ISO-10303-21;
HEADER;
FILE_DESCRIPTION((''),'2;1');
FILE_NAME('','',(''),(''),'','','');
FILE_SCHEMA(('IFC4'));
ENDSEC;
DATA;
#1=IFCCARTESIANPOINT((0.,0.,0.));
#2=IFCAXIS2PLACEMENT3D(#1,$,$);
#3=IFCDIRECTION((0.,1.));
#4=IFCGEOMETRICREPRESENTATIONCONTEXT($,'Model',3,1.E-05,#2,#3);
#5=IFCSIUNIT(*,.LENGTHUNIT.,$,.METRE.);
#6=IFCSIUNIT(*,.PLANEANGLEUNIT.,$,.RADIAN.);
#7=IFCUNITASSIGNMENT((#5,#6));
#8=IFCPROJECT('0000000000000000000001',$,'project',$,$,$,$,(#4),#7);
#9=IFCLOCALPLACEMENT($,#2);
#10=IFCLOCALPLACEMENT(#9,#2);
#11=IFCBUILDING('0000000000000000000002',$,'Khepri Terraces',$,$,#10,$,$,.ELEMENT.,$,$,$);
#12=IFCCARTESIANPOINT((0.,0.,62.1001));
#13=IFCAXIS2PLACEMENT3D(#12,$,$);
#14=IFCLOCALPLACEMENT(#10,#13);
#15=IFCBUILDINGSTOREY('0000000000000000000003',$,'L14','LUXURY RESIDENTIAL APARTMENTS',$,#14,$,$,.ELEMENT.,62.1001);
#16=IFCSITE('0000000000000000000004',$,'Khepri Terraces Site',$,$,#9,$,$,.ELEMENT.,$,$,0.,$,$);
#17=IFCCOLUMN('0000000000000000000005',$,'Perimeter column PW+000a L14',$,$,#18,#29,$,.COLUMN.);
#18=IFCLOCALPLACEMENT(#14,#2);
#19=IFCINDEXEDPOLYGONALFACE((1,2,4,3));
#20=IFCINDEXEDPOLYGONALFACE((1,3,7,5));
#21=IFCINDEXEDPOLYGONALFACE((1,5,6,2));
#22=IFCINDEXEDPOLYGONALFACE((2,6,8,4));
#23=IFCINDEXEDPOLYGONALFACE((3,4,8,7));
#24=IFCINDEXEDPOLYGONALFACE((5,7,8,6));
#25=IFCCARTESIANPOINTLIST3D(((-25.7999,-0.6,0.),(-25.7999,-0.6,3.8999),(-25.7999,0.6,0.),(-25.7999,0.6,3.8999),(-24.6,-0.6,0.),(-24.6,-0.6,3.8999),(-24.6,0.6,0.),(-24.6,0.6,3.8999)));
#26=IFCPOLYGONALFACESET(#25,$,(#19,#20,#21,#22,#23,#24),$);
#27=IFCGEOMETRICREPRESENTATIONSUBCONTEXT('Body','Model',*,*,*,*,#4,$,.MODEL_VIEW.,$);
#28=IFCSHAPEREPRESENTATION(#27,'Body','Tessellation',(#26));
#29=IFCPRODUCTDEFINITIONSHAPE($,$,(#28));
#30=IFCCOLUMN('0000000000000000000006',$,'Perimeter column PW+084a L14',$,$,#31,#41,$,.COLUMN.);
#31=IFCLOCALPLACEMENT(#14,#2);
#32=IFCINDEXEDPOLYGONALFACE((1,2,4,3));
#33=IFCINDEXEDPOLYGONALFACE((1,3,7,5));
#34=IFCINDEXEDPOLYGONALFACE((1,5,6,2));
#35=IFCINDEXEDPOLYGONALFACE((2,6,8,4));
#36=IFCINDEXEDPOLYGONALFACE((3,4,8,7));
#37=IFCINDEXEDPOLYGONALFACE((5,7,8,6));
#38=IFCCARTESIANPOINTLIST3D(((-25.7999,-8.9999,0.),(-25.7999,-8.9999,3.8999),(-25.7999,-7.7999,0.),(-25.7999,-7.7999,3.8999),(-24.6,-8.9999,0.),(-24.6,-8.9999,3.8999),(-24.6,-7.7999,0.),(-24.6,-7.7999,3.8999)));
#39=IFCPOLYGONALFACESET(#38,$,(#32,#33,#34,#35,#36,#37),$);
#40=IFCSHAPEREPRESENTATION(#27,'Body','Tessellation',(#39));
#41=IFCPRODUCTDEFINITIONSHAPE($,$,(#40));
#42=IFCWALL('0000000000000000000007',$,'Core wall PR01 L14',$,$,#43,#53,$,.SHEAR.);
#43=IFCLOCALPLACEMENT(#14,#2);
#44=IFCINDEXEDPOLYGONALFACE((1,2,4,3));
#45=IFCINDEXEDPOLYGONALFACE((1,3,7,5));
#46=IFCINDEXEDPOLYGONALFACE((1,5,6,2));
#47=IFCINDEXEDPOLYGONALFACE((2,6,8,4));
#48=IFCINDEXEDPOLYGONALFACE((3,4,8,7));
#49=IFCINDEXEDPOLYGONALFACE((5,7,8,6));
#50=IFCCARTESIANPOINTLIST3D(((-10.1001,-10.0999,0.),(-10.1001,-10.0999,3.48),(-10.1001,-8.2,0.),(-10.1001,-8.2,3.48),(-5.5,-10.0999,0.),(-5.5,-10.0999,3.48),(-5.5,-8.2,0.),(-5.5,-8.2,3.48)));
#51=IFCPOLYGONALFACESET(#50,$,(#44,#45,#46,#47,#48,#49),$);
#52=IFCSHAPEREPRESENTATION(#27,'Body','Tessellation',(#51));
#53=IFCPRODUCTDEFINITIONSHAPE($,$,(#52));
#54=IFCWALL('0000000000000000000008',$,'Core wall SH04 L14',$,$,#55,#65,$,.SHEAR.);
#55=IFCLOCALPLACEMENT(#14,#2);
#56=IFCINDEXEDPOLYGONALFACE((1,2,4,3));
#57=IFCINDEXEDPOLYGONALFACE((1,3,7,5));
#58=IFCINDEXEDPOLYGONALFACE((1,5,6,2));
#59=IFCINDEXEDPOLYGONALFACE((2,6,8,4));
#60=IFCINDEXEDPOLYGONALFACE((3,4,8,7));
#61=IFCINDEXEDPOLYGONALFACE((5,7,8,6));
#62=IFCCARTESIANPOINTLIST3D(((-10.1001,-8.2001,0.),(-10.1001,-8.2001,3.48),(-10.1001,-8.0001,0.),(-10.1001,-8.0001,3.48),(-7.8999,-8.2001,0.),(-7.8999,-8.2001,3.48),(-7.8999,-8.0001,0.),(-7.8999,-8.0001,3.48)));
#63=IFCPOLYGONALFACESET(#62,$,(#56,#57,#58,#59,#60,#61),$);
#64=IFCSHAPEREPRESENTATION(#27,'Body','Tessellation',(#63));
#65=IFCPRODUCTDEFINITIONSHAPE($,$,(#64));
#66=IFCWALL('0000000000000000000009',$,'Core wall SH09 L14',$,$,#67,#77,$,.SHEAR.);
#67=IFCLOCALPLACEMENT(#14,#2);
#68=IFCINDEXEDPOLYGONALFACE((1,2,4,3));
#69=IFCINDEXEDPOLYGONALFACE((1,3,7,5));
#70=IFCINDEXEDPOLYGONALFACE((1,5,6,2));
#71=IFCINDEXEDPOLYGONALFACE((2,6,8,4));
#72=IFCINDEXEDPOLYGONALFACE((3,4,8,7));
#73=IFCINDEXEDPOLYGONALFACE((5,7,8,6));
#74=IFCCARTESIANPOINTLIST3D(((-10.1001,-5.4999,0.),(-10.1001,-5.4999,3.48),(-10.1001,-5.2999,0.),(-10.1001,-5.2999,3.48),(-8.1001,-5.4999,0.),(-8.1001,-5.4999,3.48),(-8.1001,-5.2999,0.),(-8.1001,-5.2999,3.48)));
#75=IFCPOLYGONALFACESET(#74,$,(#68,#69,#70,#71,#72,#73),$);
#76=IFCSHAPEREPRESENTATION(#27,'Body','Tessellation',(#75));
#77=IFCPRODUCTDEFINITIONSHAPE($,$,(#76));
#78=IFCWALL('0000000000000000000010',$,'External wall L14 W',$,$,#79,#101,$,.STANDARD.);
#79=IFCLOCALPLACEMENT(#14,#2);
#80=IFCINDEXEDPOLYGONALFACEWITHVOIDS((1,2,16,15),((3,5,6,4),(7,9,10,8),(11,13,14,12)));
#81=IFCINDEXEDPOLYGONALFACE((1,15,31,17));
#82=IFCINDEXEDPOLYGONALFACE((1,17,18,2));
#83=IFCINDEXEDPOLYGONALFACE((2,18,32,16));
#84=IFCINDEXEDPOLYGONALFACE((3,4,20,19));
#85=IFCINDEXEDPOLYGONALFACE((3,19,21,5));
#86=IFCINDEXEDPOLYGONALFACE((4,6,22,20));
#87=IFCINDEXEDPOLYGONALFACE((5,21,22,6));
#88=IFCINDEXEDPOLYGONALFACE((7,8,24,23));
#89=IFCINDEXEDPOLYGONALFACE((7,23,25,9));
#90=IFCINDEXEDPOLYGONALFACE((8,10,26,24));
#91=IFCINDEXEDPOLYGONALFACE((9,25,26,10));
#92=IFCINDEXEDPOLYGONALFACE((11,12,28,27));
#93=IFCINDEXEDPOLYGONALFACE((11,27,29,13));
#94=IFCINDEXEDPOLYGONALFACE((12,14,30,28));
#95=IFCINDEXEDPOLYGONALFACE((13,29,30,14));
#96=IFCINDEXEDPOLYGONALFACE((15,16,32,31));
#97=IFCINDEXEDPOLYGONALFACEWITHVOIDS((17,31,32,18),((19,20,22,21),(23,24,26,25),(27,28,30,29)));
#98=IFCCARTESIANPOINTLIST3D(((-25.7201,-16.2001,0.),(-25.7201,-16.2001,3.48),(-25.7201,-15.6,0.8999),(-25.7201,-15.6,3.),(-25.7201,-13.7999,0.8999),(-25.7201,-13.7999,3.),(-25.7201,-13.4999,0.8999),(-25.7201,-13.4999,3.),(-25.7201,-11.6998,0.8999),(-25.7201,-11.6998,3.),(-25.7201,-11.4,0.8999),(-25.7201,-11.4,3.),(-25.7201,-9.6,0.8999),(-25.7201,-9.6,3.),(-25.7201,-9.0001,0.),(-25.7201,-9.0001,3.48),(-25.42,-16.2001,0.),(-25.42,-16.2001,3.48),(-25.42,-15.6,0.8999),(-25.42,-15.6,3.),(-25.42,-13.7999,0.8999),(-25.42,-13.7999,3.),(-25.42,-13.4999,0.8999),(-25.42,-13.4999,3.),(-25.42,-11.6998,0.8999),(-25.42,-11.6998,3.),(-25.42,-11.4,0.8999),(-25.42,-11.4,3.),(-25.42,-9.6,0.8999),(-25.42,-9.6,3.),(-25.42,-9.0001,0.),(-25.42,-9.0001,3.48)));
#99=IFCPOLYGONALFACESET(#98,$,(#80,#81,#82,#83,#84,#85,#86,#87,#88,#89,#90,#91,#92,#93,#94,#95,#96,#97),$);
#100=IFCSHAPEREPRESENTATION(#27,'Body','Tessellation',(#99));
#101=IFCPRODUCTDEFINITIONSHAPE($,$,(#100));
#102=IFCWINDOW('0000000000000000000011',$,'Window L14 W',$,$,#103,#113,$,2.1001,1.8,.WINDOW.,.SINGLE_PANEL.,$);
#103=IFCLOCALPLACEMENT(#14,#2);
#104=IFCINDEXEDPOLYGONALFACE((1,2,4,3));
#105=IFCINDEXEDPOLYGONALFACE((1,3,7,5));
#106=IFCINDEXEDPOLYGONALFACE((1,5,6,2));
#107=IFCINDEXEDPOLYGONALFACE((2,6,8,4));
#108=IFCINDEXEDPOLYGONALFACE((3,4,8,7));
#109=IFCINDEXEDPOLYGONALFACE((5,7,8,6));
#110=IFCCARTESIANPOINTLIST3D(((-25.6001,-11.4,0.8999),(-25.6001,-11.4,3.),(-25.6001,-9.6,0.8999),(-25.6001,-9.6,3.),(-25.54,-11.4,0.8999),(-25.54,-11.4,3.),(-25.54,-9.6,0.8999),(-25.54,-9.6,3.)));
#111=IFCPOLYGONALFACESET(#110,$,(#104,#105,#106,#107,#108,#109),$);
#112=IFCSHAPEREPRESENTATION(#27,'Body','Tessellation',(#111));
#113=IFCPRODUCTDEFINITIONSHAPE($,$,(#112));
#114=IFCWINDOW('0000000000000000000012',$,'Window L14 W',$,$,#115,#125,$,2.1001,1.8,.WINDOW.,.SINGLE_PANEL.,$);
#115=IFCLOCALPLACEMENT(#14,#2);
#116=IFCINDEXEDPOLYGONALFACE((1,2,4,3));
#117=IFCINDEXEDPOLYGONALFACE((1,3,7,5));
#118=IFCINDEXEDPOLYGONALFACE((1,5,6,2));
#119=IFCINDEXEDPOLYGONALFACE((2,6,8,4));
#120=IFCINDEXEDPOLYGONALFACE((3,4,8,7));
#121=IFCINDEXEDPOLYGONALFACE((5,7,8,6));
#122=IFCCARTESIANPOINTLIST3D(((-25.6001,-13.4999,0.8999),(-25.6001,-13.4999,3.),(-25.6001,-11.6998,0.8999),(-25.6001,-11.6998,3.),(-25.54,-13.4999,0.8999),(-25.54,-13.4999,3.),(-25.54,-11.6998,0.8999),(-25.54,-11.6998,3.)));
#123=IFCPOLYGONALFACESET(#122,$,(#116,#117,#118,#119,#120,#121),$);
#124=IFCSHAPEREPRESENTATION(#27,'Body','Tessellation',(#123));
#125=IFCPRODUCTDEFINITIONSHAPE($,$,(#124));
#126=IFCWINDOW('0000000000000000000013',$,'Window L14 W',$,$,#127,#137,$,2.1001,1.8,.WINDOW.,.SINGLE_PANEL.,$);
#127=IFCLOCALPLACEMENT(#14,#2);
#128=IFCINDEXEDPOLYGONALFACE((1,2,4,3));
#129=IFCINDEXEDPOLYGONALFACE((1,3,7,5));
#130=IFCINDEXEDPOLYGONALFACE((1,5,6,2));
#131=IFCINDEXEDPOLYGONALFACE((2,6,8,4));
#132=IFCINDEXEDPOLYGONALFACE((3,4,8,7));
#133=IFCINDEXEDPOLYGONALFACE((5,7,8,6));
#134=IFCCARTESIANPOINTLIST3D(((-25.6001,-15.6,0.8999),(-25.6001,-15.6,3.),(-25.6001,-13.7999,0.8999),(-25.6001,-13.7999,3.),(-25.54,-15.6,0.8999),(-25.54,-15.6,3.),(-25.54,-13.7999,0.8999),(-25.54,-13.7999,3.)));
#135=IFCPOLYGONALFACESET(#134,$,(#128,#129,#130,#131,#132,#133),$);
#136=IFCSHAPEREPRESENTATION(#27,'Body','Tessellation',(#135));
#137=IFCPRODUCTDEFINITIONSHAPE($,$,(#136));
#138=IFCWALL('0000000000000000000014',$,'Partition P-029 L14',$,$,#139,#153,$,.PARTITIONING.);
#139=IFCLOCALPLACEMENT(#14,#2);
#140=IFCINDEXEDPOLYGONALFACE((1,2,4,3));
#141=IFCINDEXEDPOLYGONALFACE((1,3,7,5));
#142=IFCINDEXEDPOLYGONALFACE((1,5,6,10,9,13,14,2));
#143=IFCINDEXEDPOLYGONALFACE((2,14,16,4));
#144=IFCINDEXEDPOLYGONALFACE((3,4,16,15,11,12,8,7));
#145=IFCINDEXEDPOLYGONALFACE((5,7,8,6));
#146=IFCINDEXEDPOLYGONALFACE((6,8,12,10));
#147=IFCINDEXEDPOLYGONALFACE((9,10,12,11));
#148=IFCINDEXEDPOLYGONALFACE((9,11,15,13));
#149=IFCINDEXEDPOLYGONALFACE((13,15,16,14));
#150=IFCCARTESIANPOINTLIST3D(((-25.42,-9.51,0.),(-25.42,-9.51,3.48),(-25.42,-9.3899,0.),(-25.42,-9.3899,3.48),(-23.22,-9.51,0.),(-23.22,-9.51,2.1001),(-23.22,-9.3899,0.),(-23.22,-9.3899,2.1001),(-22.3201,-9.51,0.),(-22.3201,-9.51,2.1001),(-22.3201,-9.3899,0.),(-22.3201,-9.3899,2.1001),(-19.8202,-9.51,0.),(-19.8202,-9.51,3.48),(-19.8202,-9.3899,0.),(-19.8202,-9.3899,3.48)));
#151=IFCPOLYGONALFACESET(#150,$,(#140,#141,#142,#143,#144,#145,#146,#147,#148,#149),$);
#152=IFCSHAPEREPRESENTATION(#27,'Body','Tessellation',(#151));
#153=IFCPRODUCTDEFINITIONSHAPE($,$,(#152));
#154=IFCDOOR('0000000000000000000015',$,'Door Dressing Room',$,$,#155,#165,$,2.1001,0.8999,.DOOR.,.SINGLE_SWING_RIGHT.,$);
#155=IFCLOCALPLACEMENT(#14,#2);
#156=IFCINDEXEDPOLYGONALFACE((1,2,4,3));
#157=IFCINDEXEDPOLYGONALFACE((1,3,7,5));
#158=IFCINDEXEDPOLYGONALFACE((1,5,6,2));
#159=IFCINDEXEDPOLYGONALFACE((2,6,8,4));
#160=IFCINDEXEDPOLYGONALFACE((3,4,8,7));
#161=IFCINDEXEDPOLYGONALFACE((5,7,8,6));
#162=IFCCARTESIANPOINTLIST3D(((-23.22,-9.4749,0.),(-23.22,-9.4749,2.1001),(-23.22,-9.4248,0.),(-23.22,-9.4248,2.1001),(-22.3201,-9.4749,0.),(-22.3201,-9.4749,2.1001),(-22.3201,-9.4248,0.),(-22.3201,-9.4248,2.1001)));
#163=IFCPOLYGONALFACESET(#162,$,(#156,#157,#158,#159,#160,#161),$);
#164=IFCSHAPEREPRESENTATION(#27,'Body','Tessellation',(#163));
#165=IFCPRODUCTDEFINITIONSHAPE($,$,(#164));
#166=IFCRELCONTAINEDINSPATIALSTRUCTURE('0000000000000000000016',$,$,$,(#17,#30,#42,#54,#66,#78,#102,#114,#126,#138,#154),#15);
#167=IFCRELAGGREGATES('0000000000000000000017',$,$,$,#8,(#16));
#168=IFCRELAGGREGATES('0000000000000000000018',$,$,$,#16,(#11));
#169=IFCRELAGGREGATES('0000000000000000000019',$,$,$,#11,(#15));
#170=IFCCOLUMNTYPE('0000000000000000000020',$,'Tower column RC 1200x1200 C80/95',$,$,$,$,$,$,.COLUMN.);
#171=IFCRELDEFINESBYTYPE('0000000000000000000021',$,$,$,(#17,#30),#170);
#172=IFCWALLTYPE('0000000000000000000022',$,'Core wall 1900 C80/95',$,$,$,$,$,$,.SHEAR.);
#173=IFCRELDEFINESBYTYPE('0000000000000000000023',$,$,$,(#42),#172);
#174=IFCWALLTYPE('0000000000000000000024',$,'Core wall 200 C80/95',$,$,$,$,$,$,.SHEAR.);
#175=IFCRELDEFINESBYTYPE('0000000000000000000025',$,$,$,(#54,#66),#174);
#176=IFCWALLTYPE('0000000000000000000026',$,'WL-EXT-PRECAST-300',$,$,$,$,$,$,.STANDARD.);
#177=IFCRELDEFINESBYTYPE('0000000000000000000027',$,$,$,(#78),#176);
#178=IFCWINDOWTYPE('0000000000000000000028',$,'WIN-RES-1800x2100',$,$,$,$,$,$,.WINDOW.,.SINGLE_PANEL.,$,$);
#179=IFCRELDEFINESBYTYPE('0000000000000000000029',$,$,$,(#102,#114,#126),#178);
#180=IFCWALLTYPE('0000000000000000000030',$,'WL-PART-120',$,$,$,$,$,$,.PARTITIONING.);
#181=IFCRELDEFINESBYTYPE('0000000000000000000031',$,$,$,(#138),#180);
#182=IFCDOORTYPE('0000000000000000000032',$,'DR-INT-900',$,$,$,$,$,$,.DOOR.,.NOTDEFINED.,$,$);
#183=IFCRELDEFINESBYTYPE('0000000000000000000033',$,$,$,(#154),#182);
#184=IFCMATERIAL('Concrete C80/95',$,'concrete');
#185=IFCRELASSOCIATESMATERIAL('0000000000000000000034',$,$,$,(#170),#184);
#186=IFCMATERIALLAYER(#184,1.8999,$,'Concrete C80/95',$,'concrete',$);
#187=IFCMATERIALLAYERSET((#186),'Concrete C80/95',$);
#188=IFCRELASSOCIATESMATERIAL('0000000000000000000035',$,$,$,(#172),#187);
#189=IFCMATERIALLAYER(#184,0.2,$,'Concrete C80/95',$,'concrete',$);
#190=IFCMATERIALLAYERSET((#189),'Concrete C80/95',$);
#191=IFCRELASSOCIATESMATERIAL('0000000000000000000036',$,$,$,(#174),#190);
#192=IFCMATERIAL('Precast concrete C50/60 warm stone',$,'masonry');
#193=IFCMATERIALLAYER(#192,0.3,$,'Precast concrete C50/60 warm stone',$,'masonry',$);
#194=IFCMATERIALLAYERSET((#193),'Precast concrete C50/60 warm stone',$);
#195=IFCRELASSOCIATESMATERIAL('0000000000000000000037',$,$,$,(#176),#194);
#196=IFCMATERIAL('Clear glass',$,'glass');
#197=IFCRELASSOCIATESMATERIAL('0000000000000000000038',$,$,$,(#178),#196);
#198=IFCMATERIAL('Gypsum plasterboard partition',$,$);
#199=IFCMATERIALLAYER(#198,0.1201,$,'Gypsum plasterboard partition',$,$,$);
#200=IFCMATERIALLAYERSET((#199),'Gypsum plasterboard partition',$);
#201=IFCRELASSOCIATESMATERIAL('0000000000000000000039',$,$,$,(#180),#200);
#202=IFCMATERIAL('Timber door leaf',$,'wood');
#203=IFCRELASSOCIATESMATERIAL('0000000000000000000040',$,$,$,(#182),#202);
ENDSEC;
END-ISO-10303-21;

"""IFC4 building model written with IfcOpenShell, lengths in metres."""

from ifc_helpers import new_model, si_unit, direction, frame, frame_2d, origin, origin_2d, place, context, subcontext, project, spatial, rectangle, extrude, material, layer, layer_set, material_profile, profile_set, type_object, element, fill, save


model = new_model("IFC4")

# Units and contexts
model_context = context("Model", 3, precision=1e-05, world=origin(), true_north=direction((0.0, 1.0)))
body_context = subcontext(model_context, "Body", "Model", "MODEL_VIEW")
ifc_project = project(units=[si_unit("LENGTHUNIT", "METRE"), si_unit("PLANEANGLEUNIT", "RADIAN")], contexts=[model_context])

# Site, building, storey
site_placement = place(None, origin())
site = spatial("IfcSite", under=ifc_project, at=site_placement, Name="Khepri Terraces Site", CompositionType="ELEMENT", RefElevation=0.0)
building_placement = place(site_placement, origin())
building = spatial("IfcBuilding", under=site, at=building_placement, Name="Khepri Terraces", CompositionType="ELEMENT")
storey_placement = place(building_placement, frame((0.0, 0.0, 62.1001)))
storey = spatial("IfcBuildingStorey", under=building, at=storey_placement, Name="L14", Description="LUXURY RESIDENTIAL APARTMENTS", CompositionType="ELEMENT", Elevation=62.1001)

# Columns
ifc_material_1 = material(Name="Concrete C80/95", Category="concrete")
ifc_material_profile = material_profile(ifc_material_1, rectangle(XDim=1.2, YDim=1.2, at=origin_2d()), Name="Concrete C80/95", Category="concrete")
ifc_profile_set = profile_set([ifc_material_profile], Name="Concrete C80/95")
column_type = type_object("IfcColumnType", Name="Tower column RC 1200x1200 C80/95", PredefinedType="COLUMN", material=ifc_profile_set)
for number, where, z_axis, x_axis, name in (
    (1, (-25.2, 0.0, 0.0), (0.0, 0.0, 1.0), (1.0, 0.0, 0.0), "Perimeter column PW+000a L14"),
    (2, (-25.2, -8.3999, 0.0), (0.0, 0.0, 1.0), (1.0, 0.0, 0.0), "Perimeter column PW+084a L14"),
):
    element("IfcColumn", number, at=place(storey_placement, frame(where, z_axis=z_axis, x_axis=x_axis)), inside=storey, type_object=column_type, Name=name, PredefinedType="COLUMN", context=body_context, shape_type="SweptSolid", body=[
        extrude(rectangle(XDim=1.2, YDim=1.2, at=origin_2d()), origin(), (0.0, 0.0, 1.0), 3.8999),
    ])

# Walls
ifc_layer_1 = layer(ifc_material_1, 1.8999, Name="Concrete C80/95", Category="concrete")
ifc_layer_set_1 = layer_set([ifc_layer_1], Name="Concrete C80/95")
wall_type_1 = type_object("IfcWallType", Name="Core wall 1900 C80/95", PredefinedType="SHEAR", material=ifc_layer_set_1)
wall_1_placement = place(storey_placement, frame((-10.1001, -9.1499, 0.0), z_axis=(0.0, 0.0, 1.0), x_axis=(1.0, 0.0, 0.0)))
element("IfcWall", 3, at=wall_1_placement, inside=storey, type_object=wall_type_1, Name="Core wall PR01 L14", PredefinedType="SHEAR", context=body_context, shape_type="SweptSolid", body=[
    extrude(rectangle(XDim=4.6001, YDim=1.8999, at=frame_2d((2.3, 0.0))), origin(), (0.0, 0.0, 1.0), 3.48),
])
ifc_layer_2 = layer(ifc_material_1, 0.2, Name="Concrete C80/95", Category="concrete")
ifc_layer_set_2 = layer_set([ifc_layer_2], Name="Concrete C80/95")
wall_type_2 = type_object("IfcWallType", Name="Core wall 200 C80/95", PredefinedType="SHEAR", material=ifc_layer_set_2)
wall_2_placement = place(storey_placement, frame((-10.1001, -8.1001, 0.0), z_axis=(0.0, 0.0, 1.0), x_axis=(1.0, 0.0, 0.0)))
element("IfcWall", 4, at=wall_2_placement, inside=storey, type_object=wall_type_2, Name="Core wall SH04 L14", PredefinedType="SHEAR", context=body_context, shape_type="SweptSolid", body=[
    extrude(rectangle(XDim=2.2002, YDim=0.2, at=frame_2d((1.1001, 0.0))), origin(), (0.0, 0.0, 1.0), 3.48),
])
wall_3_placement = place(storey_placement, frame((-10.1001, -5.3999, 0.0), z_axis=(0.0, 0.0, 1.0), x_axis=(1.0, 0.0, 0.0)))
element("IfcWall", 5, at=wall_3_placement, inside=storey, type_object=wall_type_2, Name="Core wall SH09 L14", PredefinedType="SHEAR", context=body_context, shape_type="SweptSolid", body=[
    extrude(rectangle(XDim=2.0, YDim=0.2, at=frame_2d((1.0, 0.0))), origin(), (0.0, 0.0, 1.0), 3.48),
])

# Shared definitions
ifc_material_2 = material(Name="Precast concrete C50/60 warm stone", Category="masonry")
ifc_layer_3 = layer(ifc_material_2, 0.3, Name="Precast concrete C50/60 warm stone", Category="masonry")
ifc_layer_set_3 = layer_set([ifc_layer_3], Name="Precast concrete C50/60 warm stone")
wall_type_3 = type_object("IfcWallType", Name="WL-EXT-PRECAST-300", PredefinedType="STANDARD", material=ifc_layer_set_3)
ifc_material_3 = material(Name="Clear glass", Category="glass")
window_type = type_object("IfcWindowType", Name="WIN-RES-1800x2100", PartitioningType="SINGLE_PANEL", PredefinedType="WINDOW", material=ifc_material_3)

# Wall, openings, windows
wall_4_placement = place(storey_placement, frame((-25.5701, -9.0, 0.0), z_axis=(0.0, 0.0, 1.0), x_axis=(0.0, -1.0, 0.0)))
wall_4 = element("IfcWall", 6, at=wall_4_placement, inside=storey, type_object=wall_type_3, Name="External wall L14 W", PredefinedType="STANDARD", context=body_context, shape_type="SweptSolid", body=[
    extrude(rectangle(XDim=7.2, YDim=0.3, at=frame_2d((3.6001, 0.0))), origin(), (0.0, 0.0, 1.0), 3.48),
])
opening_1_placement = place(wall_4_placement, frame((0.6001, 0.0, 0.8999)))
opening_1 = element("IfcOpeningElement", 7, at=opening_1_placement, cuts=wall_4, PredefinedType="OPENING", context=body_context, shape_type="SweptSolid", body=[
    extrude(rectangle(XDim=1.8, YDim=2.1001, at=frame_2d((0.8999, 1.05))), frame((0.0, 0.1602, 0.0), z_axis=(0.0, -1.0, 0.0), x_axis=(1.0, 0.0, 0.0)), (0.0, 0.0, 1.0), 0.3201),
])
opening_2_placement = place(wall_4_placement, frame((2.7, 0.0, 0.8999)))
opening_2 = element("IfcOpeningElement", 8, at=opening_2_placement, cuts=wall_4, PredefinedType="OPENING", context=body_context, shape_type="SweptSolid", body=[
    extrude(rectangle(XDim=1.8, YDim=2.1001, at=frame_2d((0.8999, 1.05))), frame((0.0, 0.1602, 0.0), z_axis=(0.0, -1.0, 0.0), x_axis=(1.0, 0.0, 0.0)), (0.0, 0.0, 1.0), 0.3201),
])
opening_3_placement = place(wall_4_placement, frame((4.8, 0.0, 0.8999)))
opening_3 = element("IfcOpeningElement", 9, at=opening_3_placement, cuts=wall_4, PredefinedType="OPENING", context=body_context, shape_type="SweptSolid", body=[
    extrude(rectangle(XDim=1.8, YDim=2.1001, at=frame_2d((0.8999, 1.05))), frame((0.0, 0.1602, 0.0), z_axis=(0.0, -1.0, 0.0), x_axis=(1.0, 0.0, 0.0)), (0.0, 0.0, 1.0), 0.3201),
])
window_1_placement = place(opening_1_placement, origin())
window_1 = element("IfcWindow", 10, at=window_1_placement, inside=storey, type_object=window_type, Name="Window L14 W", OverallHeight=2.1001, OverallWidth=1.8, PartitioningType="SINGLE_PANEL", PredefinedType="WINDOW", context=body_context, shape_type="SweptSolid", body=[
    extrude(rectangle(XDim=1.8, YDim=2.1001, at=frame_2d((0.8999, 1.05))), frame((0.0, 0.03, 0.0), z_axis=(0.0, -1.0, 0.0), x_axis=(1.0, 0.0, 0.0)), (0.0, 0.0, 1.0), 0.0601),
])
fill(opening_1, window_1)
window_2_placement = place(opening_2_placement, origin())
window_2 = element("IfcWindow", 11, at=window_2_placement, inside=storey, type_object=window_type, Name="Window L14 W", OverallHeight=2.1001, OverallWidth=1.8, PartitioningType="SINGLE_PANEL", PredefinedType="WINDOW", context=body_context, shape_type="SweptSolid", body=[
    extrude(rectangle(XDim=1.8, YDim=2.1001, at=frame_2d((0.8999, 1.05))), frame((0.0, 0.03, 0.0), z_axis=(0.0, -1.0, 0.0), x_axis=(1.0, 0.0, 0.0)), (0.0, 0.0, 1.0), 0.0601),
])
fill(opening_2, window_2)
window_3_placement = place(opening_3_placement, origin())
window_3 = element("IfcWindow", 12, at=window_3_placement, inside=storey, type_object=window_type, Name="Window L14 W", OverallHeight=2.1001, OverallWidth=1.8, PartitioningType="SINGLE_PANEL", PredefinedType="WINDOW", context=body_context, shape_type="SweptSolid", body=[
    extrude(rectangle(XDim=1.8, YDim=2.1001, at=frame_2d((0.8999, 1.05))), frame((0.0, 0.03, 0.0), z_axis=(0.0, -1.0, 0.0), x_axis=(1.0, 0.0, 0.0)), (0.0, 0.0, 1.0), 0.0601),
])
fill(opening_3, window_3)

# Wall, opening, door
ifc_material_4 = material(Name="Gypsum plasterboard partition")
ifc_layer_4 = layer(ifc_material_4, 0.1201, Name="Gypsum plasterboard partition")
ifc_layer_set_4 = layer_set([ifc_layer_4], Name="Gypsum plasterboard partition")
wall_type_4 = type_object("IfcWallType", Name="WL-PART-120", PredefinedType="PARTITIONING", material=ifc_layer_set_4)
wall_5_placement = place(storey_placement, frame((-25.4199, -9.45, 0.0), z_axis=(0.0, 0.0, 1.0), x_axis=(1.0, 0.0, 0.0)))
wall_5 = element("IfcWall", 13, at=wall_5_placement, inside=storey, type_object=wall_type_4, Name="Partition P-029 L14", PredefinedType="PARTITIONING", context=body_context, shape_type="SweptSolid", body=[
    extrude(rectangle(XDim=5.5999, YDim=0.1201, at=frame_2d((2.7998, 0.0))), origin(), (0.0, 0.0, 1.0), 3.48),
])
opening_4_placement = place(wall_5_placement, frame((2.2, 0.0, 0.0)))
opening_4 = element("IfcOpeningElement", 14, at=opening_4_placement, cuts=wall_5, PredefinedType="OPENING", context=body_context, shape_type="SweptSolid", body=[
    extrude(rectangle(XDim=0.8999, YDim=2.1001, at=frame_2d((0.45, 1.05))), frame((0.0, 0.0701, 0.0), z_axis=(0.0, -1.0, 0.0), x_axis=(1.0, 0.0, 0.0)), (0.0, 0.0, 1.0), 0.1401),
])
ifc_material_5 = material(Name="Timber door leaf", Category="wood")
door_type_1 = type_object("IfcDoorType", Name="DR-INT-900", OperationType="NOTDEFINED", PredefinedType="DOOR", material=ifc_material_5)
door_1_placement = place(opening_4_placement, frame((0.8999, 0.0, 0.0), z_axis=(0.0, 0.0, 1.0), x_axis=(-1.0, 0.0, 0.0)))
door_1 = element("IfcDoor", 15, at=door_1_placement, inside=storey, type_object=door_type_1, Name="Door Dressing Room", OperationType="SINGLE_SWING_RIGHT", OverallHeight=2.1001, OverallWidth=0.8999, PredefinedType="DOOR", context=body_context, shape_type="SweptSolid", body=[
    extrude(rectangle(XDim=0.8999, YDim=2.1001, at=frame_2d((0.45, 1.05))), frame((0.0, 0.0249, 0.0), z_axis=(0.0, -1.0, 0.0), x_axis=(1.0, 0.0, 0.0)), (0.0, 0.0, 1.0), 0.05),
])
fill(opening_4, door_1)

save(model, "model.ifc")
